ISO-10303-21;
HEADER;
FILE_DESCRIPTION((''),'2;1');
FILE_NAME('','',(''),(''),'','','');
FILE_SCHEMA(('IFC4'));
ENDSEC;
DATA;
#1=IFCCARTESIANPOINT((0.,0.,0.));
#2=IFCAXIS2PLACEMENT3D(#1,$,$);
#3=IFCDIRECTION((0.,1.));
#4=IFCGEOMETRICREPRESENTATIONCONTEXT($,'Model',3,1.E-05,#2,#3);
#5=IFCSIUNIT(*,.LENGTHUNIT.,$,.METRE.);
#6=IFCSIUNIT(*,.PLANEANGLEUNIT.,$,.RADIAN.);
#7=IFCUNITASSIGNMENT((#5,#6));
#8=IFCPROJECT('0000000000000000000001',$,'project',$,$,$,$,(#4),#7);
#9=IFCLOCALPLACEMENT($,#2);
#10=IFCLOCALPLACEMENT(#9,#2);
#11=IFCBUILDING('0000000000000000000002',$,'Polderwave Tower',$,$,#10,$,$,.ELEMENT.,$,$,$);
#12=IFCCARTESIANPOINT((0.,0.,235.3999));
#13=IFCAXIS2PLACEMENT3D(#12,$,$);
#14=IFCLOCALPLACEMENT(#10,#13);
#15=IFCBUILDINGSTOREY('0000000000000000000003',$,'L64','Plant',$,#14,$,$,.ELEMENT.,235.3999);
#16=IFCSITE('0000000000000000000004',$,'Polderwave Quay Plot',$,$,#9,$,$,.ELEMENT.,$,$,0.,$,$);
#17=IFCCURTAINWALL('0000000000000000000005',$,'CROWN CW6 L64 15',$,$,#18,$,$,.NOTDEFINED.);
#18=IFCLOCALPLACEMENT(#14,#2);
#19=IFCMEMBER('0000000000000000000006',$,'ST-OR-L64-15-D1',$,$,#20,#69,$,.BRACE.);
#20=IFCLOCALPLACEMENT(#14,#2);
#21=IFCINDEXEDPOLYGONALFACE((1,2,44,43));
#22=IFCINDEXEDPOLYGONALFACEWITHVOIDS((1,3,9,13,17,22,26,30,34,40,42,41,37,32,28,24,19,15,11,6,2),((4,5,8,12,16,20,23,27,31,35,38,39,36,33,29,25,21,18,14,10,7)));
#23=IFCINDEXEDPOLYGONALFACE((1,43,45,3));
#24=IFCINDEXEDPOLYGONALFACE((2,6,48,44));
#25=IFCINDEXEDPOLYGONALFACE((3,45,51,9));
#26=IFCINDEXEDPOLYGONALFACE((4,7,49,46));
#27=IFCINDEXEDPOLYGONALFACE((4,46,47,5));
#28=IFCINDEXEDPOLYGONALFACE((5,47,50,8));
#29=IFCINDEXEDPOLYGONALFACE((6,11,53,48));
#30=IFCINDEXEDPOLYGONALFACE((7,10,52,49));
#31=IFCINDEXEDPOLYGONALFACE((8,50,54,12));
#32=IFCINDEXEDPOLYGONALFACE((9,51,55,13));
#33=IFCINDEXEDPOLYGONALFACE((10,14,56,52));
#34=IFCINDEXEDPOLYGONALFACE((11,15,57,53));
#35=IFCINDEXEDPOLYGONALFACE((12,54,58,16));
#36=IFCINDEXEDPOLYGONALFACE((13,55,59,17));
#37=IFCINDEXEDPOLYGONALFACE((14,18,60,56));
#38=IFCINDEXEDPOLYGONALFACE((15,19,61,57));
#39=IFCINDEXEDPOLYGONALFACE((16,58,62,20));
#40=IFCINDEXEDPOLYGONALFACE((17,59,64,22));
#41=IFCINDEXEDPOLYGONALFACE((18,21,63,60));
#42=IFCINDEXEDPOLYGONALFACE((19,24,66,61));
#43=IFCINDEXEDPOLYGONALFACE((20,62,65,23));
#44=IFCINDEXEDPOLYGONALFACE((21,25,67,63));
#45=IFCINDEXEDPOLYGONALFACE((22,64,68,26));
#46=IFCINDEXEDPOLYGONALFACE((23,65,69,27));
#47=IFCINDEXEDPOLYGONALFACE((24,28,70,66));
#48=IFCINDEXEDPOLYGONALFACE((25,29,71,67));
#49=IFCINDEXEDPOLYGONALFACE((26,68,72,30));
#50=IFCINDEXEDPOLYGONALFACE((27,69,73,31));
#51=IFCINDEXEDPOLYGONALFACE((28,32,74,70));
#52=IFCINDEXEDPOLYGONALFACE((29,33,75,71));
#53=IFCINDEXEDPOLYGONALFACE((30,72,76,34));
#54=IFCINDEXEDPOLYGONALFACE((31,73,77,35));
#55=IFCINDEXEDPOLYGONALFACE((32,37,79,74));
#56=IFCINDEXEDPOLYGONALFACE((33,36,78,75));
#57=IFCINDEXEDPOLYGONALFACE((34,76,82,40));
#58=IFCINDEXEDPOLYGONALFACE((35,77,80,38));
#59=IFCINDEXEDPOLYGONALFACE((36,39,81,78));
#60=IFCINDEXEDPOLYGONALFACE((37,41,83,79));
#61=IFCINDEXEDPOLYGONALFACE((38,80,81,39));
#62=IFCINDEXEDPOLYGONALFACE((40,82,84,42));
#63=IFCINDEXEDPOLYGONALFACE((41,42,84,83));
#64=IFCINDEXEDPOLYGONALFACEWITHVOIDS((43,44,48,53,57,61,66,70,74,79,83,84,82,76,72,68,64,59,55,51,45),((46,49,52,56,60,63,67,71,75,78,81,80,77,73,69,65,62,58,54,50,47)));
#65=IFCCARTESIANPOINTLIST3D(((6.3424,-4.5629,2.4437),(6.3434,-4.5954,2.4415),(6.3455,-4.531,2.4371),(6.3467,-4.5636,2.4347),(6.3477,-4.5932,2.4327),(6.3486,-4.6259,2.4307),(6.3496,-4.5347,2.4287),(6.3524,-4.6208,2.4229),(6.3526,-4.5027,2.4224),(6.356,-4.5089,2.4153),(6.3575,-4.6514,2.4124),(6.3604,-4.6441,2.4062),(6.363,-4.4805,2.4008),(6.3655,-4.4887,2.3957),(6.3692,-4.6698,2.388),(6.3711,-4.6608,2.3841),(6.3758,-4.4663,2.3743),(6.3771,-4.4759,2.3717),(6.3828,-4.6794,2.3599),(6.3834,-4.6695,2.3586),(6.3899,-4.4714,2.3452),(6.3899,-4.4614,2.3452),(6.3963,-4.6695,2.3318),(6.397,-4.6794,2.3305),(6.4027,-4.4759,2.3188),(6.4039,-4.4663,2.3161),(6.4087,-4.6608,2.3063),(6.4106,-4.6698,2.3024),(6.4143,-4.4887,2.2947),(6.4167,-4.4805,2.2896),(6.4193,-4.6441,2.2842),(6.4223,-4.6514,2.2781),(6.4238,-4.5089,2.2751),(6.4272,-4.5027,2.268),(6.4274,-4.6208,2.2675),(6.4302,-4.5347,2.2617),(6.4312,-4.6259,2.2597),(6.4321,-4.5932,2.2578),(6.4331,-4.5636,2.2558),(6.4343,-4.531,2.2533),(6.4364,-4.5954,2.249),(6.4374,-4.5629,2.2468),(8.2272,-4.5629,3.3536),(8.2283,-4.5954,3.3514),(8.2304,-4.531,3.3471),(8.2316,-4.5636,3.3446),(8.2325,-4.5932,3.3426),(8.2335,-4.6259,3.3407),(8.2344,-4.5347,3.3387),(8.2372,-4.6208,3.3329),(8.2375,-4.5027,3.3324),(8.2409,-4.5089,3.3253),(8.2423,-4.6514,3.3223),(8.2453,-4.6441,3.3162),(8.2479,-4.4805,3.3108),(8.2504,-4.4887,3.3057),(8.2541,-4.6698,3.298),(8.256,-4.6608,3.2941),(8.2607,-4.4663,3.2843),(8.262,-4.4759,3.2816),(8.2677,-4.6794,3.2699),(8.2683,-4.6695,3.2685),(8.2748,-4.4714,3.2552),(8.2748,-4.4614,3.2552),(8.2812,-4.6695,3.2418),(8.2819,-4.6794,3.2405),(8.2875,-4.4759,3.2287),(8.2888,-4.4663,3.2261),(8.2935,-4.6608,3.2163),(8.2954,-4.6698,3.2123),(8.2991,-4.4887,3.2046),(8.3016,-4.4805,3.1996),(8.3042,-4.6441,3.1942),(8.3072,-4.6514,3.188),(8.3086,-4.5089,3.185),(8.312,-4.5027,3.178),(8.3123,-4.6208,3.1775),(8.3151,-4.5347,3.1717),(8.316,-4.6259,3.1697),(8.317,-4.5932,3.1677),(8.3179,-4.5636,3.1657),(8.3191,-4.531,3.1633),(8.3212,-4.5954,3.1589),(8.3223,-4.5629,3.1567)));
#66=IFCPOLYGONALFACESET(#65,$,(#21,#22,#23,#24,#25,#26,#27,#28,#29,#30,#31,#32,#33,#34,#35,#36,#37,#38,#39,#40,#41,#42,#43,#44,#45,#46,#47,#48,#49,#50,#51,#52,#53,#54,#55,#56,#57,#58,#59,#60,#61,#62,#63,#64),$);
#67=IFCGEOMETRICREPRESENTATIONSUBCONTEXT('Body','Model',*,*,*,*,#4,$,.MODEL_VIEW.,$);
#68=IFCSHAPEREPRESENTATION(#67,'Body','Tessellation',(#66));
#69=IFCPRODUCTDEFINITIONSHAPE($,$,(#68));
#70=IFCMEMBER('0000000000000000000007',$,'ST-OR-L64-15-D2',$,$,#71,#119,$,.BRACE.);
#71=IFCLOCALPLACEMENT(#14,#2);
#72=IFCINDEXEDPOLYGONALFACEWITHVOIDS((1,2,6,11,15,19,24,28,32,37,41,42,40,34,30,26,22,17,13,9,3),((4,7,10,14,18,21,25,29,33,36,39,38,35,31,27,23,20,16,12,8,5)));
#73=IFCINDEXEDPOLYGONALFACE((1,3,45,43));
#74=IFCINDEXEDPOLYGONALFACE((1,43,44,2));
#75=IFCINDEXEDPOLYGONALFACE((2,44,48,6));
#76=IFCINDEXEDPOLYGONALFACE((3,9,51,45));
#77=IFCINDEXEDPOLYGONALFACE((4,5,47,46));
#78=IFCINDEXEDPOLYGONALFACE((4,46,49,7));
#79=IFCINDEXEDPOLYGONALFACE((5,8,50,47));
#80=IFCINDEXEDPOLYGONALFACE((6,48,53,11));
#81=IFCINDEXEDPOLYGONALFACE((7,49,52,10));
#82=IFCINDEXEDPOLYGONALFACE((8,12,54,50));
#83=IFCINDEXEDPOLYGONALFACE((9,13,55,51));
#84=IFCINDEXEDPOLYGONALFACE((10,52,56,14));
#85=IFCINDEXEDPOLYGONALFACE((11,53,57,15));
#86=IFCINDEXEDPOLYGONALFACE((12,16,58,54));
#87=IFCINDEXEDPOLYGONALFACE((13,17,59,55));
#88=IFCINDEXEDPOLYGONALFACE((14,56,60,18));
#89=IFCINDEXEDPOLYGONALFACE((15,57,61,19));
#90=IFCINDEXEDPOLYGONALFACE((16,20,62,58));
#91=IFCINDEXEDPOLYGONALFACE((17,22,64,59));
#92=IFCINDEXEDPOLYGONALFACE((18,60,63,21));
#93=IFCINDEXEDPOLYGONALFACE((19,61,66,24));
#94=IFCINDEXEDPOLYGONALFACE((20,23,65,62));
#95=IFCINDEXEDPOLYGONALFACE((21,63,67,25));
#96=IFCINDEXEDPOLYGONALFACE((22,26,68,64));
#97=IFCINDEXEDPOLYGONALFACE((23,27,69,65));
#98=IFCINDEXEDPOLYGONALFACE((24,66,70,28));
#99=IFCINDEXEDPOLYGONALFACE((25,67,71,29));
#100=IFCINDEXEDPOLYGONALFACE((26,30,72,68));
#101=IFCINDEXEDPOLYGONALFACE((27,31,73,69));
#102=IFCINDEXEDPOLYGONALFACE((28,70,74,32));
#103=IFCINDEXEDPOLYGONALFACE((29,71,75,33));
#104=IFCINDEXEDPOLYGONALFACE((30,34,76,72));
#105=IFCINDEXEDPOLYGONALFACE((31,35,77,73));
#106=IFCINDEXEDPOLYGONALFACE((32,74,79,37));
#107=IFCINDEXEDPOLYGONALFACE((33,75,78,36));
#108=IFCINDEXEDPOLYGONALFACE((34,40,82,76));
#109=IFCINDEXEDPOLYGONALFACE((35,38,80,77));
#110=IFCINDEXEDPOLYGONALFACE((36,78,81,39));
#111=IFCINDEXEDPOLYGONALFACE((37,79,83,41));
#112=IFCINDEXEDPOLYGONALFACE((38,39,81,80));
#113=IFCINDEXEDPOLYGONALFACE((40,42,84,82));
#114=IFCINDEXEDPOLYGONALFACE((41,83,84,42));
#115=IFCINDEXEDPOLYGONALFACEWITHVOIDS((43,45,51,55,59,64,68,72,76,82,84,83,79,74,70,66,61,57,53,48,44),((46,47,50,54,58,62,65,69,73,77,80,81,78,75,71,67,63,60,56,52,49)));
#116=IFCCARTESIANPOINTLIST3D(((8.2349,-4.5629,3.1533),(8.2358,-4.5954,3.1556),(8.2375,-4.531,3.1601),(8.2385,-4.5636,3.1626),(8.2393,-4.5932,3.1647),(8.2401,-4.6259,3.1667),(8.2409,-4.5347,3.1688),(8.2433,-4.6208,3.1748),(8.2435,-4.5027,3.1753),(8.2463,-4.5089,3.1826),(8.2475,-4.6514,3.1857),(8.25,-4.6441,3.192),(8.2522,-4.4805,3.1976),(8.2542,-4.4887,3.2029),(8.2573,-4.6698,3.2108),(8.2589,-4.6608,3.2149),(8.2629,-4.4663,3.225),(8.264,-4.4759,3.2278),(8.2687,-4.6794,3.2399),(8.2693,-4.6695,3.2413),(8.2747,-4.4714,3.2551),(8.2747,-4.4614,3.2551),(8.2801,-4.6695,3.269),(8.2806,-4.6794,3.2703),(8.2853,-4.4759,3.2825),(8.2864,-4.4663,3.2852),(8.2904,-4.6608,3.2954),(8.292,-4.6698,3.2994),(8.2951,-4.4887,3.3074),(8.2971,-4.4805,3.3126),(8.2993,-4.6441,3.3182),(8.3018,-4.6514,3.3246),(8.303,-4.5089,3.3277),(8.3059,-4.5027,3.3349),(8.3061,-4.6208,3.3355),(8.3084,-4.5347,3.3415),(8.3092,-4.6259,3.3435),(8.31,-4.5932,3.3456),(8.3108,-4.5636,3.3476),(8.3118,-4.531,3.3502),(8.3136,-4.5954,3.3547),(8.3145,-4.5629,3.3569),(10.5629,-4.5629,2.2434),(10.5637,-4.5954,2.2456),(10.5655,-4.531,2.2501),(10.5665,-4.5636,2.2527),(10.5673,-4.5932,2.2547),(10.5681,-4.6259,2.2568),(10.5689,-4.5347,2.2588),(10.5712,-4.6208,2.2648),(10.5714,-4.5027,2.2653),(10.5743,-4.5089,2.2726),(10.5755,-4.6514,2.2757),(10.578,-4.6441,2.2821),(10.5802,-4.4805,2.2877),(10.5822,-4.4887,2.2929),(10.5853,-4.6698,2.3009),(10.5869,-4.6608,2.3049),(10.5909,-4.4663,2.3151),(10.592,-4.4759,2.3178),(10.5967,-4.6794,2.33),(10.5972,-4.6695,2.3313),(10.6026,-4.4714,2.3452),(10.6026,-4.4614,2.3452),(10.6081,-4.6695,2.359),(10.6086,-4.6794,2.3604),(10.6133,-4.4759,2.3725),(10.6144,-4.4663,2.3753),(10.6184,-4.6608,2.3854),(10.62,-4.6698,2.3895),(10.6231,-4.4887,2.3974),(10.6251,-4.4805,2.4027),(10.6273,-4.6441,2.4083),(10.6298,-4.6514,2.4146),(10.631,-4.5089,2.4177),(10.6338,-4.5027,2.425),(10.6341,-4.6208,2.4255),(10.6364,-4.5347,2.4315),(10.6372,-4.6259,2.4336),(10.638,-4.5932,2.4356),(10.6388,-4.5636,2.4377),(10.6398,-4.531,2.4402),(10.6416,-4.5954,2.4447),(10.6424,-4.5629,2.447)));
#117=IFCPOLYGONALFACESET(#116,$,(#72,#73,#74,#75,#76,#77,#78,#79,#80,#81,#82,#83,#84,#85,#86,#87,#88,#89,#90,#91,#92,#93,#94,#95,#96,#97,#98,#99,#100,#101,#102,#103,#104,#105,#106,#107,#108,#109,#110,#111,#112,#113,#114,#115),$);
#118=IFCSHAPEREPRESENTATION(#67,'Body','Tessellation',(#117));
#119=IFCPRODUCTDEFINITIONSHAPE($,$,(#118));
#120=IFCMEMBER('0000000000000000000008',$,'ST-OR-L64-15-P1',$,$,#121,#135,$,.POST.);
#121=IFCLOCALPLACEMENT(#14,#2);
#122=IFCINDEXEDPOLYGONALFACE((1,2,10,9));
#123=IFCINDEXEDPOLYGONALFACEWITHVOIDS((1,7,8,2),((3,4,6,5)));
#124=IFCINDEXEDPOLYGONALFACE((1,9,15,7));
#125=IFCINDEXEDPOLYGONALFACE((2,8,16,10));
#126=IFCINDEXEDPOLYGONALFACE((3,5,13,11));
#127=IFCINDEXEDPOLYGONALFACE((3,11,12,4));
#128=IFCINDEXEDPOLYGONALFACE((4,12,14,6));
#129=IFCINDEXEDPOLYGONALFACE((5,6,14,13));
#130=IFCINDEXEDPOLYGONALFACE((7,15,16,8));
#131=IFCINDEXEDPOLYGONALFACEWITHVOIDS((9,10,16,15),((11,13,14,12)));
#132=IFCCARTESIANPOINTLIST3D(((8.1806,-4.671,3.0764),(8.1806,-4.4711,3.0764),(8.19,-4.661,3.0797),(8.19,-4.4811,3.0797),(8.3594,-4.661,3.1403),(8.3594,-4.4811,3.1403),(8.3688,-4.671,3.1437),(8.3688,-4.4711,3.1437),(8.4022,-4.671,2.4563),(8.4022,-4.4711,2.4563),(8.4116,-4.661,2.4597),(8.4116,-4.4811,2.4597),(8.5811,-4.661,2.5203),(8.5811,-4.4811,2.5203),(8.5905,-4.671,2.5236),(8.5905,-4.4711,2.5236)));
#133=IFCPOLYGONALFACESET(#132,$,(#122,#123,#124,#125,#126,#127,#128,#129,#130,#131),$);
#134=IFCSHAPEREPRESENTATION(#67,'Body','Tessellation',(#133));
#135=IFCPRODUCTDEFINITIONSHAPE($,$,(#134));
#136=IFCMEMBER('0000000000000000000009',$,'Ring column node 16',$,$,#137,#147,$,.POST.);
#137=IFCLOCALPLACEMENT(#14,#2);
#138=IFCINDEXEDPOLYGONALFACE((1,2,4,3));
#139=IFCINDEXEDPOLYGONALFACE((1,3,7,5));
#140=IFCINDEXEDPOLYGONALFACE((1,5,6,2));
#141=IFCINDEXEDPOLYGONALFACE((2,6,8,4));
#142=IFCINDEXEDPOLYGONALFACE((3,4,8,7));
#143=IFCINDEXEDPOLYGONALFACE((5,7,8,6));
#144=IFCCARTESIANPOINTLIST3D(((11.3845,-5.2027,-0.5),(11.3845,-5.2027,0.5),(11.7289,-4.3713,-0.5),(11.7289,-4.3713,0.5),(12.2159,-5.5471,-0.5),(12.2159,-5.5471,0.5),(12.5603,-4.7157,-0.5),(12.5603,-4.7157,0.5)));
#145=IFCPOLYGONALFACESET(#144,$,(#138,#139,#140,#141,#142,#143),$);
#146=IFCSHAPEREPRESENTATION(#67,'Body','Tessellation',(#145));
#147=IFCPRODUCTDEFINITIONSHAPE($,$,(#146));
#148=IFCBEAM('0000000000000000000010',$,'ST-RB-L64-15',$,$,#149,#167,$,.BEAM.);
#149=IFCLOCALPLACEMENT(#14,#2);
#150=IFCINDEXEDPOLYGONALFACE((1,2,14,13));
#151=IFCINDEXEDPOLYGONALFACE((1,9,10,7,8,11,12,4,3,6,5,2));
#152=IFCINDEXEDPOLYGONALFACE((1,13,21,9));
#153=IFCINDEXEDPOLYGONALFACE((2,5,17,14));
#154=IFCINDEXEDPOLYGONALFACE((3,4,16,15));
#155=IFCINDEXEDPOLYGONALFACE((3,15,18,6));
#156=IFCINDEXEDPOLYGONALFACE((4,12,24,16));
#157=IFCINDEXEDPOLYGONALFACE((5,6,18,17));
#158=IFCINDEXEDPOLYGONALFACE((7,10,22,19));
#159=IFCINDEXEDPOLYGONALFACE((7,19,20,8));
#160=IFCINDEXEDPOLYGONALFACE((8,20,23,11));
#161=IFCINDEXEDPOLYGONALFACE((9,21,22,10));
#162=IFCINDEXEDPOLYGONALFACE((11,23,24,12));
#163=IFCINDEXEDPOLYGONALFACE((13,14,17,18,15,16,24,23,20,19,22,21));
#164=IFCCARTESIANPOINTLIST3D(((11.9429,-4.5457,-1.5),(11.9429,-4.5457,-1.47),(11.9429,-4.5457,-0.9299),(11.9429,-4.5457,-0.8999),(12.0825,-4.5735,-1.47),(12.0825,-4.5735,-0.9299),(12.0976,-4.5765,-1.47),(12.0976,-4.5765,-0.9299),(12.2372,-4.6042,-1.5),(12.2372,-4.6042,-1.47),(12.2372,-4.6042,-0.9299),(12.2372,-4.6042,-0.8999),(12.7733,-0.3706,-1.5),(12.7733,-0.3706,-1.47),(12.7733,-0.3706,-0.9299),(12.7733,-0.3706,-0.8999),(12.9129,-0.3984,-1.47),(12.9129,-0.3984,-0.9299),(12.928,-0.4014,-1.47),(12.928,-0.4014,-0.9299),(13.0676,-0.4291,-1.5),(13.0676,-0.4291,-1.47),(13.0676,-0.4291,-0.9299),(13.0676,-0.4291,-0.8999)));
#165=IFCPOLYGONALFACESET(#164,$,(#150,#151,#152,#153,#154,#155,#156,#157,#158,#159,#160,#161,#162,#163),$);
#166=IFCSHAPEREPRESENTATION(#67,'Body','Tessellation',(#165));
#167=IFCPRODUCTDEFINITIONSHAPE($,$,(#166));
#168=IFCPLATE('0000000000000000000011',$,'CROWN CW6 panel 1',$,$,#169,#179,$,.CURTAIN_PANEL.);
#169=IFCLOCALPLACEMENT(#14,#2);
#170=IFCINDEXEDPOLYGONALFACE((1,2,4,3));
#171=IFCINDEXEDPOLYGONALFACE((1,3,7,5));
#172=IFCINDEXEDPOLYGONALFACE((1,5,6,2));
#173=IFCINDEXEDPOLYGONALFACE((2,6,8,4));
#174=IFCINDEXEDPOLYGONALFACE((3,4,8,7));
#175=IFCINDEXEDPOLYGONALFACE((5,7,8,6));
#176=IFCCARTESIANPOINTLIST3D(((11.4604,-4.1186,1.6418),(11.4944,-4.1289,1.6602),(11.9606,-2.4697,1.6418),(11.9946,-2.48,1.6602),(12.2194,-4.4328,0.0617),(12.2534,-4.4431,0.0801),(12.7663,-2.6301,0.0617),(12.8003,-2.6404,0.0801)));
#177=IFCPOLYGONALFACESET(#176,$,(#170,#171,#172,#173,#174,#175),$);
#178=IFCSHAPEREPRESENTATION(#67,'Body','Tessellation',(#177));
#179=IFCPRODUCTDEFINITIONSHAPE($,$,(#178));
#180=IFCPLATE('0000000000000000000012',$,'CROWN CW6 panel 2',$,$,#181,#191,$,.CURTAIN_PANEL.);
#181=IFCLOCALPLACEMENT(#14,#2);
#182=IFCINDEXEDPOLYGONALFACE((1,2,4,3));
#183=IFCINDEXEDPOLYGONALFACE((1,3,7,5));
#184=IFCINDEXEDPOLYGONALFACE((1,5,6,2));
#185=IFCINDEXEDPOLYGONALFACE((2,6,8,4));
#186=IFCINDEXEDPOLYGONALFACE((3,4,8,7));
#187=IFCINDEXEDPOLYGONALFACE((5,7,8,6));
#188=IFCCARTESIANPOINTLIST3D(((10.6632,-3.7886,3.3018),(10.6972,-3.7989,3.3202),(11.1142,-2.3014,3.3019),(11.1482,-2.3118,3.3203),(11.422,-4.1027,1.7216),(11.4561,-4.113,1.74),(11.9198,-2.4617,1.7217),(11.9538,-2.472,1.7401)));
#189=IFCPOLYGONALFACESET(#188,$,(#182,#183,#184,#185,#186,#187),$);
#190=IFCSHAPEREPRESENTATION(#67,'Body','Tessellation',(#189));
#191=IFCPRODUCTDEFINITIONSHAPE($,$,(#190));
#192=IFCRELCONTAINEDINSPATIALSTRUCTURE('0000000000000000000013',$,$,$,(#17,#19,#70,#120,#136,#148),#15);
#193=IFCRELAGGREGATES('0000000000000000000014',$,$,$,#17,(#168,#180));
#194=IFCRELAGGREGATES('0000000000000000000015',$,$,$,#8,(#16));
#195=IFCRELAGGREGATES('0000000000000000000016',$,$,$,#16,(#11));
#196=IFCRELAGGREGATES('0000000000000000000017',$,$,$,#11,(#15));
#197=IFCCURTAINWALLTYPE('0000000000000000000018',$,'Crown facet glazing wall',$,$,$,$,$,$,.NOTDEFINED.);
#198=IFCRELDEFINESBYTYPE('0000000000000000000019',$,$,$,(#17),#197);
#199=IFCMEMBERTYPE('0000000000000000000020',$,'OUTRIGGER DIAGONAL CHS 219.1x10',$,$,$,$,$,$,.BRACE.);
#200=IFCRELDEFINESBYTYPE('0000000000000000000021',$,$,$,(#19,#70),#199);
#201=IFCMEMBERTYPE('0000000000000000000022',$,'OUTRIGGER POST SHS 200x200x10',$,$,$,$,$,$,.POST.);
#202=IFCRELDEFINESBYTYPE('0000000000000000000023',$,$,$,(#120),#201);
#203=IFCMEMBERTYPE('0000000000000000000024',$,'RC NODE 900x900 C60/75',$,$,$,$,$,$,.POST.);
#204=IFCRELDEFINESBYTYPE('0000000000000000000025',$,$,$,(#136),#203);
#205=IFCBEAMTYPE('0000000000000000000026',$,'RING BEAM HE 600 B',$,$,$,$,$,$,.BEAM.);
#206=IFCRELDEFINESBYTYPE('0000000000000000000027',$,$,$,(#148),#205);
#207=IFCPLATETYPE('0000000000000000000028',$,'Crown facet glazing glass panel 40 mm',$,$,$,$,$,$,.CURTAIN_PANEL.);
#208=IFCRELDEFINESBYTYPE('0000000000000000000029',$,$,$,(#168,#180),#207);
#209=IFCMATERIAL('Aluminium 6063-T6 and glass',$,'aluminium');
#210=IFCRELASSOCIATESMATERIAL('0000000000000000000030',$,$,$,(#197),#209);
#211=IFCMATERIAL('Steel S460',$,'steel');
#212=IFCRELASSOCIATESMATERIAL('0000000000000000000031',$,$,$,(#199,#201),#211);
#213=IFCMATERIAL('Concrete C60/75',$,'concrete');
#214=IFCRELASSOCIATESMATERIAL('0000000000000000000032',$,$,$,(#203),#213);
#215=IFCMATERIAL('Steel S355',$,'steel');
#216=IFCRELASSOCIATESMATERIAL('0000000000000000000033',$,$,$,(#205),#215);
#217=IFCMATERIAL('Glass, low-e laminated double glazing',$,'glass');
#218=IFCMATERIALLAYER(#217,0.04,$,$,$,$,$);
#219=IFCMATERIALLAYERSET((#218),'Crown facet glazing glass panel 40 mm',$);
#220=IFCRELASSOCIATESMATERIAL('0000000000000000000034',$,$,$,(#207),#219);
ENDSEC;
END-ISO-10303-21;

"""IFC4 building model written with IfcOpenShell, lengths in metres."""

from ifc_helpers import new_model, si_unit, direction, frame, origin, origin_2d, place, context, subcontext, project, spatial, polyline, rectangle, hollow_rectangle, hollow_circle, i_section, outline, extrude, material, layer, layer_set, material_profile, profile_set, type_object, element, aggregate, save


model = new_model("IFC4")

# Units and contexts
model_context = context("Model", 3, precision=1e-05, world=origin(), true_north=direction((0.0, 1.0)))
body_context = subcontext(model_context, "Body", "Model", "MODEL_VIEW")
ifc_project = project(units=[si_unit("LENGTHUNIT", "METRE"), si_unit("PLANEANGLEUNIT", "RADIAN")], contexts=[model_context])

# Site, building, storey
site_placement = place(None, origin())
site = spatial("IfcSite", under=ifc_project, at=site_placement, Name="Polderwave Quay Plot", CompositionType="ELEMENT", RefElevation=0.0)
building_placement = place(site_placement, origin())
building = spatial("IfcBuilding", under=site, at=building_placement, Name="Polderwave Tower", CompositionType="ELEMENT")
storey_placement = place(building_placement, frame((0.0, 0.0, 235.3999)))
storey = spatial("IfcBuildingStorey", under=building, at=storey_placement, Name="L64", Description="Plant", CompositionType="ELEMENT", Elevation=235.3999)

# Shared definitions
ifc_material_1 = material(Name="Concrete C60/75", Category="concrete")

# Shared definitions
ifc_material_2 = material(Name="Steel S460", Category="steel")

# Shared definitions
ifc_material_3 = material(Name="Aluminium 6063-T6 and glass", Category="aluminium")
curtain_wall_type = type_object("IfcCurtainWallType", Name="Crown facet glazing wall", PredefinedType="NOTDEFINED", material=ifc_material_3)

# Curtain wall
curtain_wall_1_placement = place(storey_placement, origin())
curtain_wall_1 = element("IfcCurtainWall", 1, at=curtain_wall_1_placement, inside=storey, type_object=curtain_wall_type, Name="CROWN CW6 L64 15", PredefinedType="NOTDEFINED")

# Members
ifc_material_profile_1 = material_profile(ifc_material_2, hollow_circle(Radius=0.1096, WallThickness=0.01, at=origin_2d()), Name="CHS 219.1x10")
ifc_profile_set_1 = profile_set([ifc_material_profile_1], Name="Steel S460")
member_type_1 = type_object("IfcMemberType", Name="OUTRIGGER DIAGONAL CHS 219.1x10", PredefinedType="BRACE", material=ifc_profile_set_1)
member_1_placement = place(storey_placement, frame((6.3899, -4.571, 2.3452), z_axis=(0.900547, 0.0, 0.434759), x_axis=(0.0, 1.0, 0.0)))
element("IfcMember", 2, at=member_1_placement, inside=storey, type_object=member_type_1, Name="ST-OR-L64-15-D1", PredefinedType="BRACE", context=body_context, shape_type="SweptSolid", body=[
    extrude(hollow_circle(Radius=0.1096, WallThickness=0.01, at=origin_2d()), origin(), (0.0, 0.0, 1.0), 2.093),
])
member_2_placement = place(storey_placement, frame((8.2747, -4.571, 3.2551), z_axis=(0.931378, 0.0, -0.364053), x_axis=(0.0, 1.0, 0.0)))
element("IfcMember", 3, at=member_2_placement, inside=storey, type_object=member_type_1, Name="ST-OR-L64-15-D2", PredefinedType="BRACE", context=body_context, shape_type="SweptSolid", body=[
    extrude(hollow_circle(Radius=0.1096, WallThickness=0.01, at=origin_2d()), origin(), (0.0, 0.0, 1.0), 2.4995),
])
ifc_material_profile_2 = material_profile(ifc_material_2, hollow_rectangle(XDim=0.2, YDim=0.2, WallThickness=0.01, at=origin_2d()), Name="SHS 200x200x10")
ifc_profile_set_2 = profile_set([ifc_material_profile_2], Name="Steel S460")
member_type_2 = type_object("IfcMemberType", Name="OUTRIGGER POST SHS 200x200x10", PredefinedType="POST", material=ifc_profile_set_2)
member_3_placement = place(storey_placement, frame((8.4963, -4.571, 2.49), z_axis=(-0.336618, 0.0, 0.941641), x_axis=(0.0, -1.0, 0.0)))
element("IfcMember", 4, at=member_3_placement, inside=storey, type_object=member_type_2, Name="ST-OR-L64-15-P1", PredefinedType="POST", context=body_context, shape_type="SweptSolid", body=[
    extrude(hollow_rectangle(XDim=0.2, YDim=0.2, WallThickness=0.01, at=origin_2d()), origin(), (0.0, 0.0, 1.0), 0.6584),
])
ifc_material_profile_3 = material_profile(ifc_material_1, rectangle(XDim=0.8999, YDim=0.8999, at=origin_2d()), Name="RC 900x900")
ifc_profile_set_3 = profile_set([ifc_material_profile_3], Name="Concrete C60/75")
member_type_3 = type_object("IfcMemberType", Name="RC NODE 900x900 C60/75", PredefinedType="POST", material=ifc_profile_set_3)
member_4_placement = place(storey_placement, frame((11.9724, -4.9592, -0.5), z_axis=(0.0, 0.0, 1.0), x_axis=(0.92388, -0.382683, 0.0)))
element("IfcMember", 5, at=member_4_placement, inside=storey, type_object=member_type_3, Name="Ring column node 16", PredefinedType="POST", context=body_context, shape_type="SweptSolid", body=[
    extrude(rectangle(XDim=0.8999, YDim=0.8999, at=origin_2d()), origin(), (0.0, 0.0, 1.0), 1.0),
])

# Beam
ifc_material_4 = material(Name="Steel S355", Category="steel")
ifc_material_profile_4 = material_profile(ifc_material_4, i_section(OverallWidth=0.3, OverallDepth=0.6001, WebThickness=0.0154, FlangeThickness=0.03, at=origin_2d()), Name="HE 600 B")
ifc_profile_set_4 = profile_set([ifc_material_profile_4], Name="Steel S355")
beam_type_1 = type_object("IfcBeamType", Name="RING BEAM HE 600 B", PredefinedType="BEAM", material=ifc_profile_set_4)
beam_placement = place(storey_placement, frame((12.0901, -4.575, -1.2), z_axis=(0.195057, 0.980792, 0.0), x_axis=(-0.980792, 0.195057, 0.0)))
element("IfcBeam", 6, at=beam_placement, inside=storey, type_object=beam_type_1, Name="ST-RB-L64-15", PredefinedType="BEAM", context=body_context, shape_type="SweptSolid", body=[
    extrude(i_section(OverallWidth=0.3, OverallDepth=0.6001, WebThickness=0.0154, FlangeThickness=0.03, at=origin_2d()), origin(), (0.0, 0.0, 1.0), 4.2568),
])

# Plates
ifc_material_5 = material(Name="Glass, low-e laminated double glazing", Category="glass")
ifc_layer = layer(ifc_material_5, 0.04)
ifc_layer_set = layer_set([ifc_layer], Name="Crown facet glazing glass panel 40 mm")
plate_type = type_object("IfcPlateType", Name="Crown facet glazing glass panel 40 mm", PredefinedType="CURTAIN_PANEL", material=ifc_layer_set)
plate_1_placement = place(storey_placement, frame((12.2534, -4.4431, 0.0801), z_axis=(0.849908, -0.257834, 0.45954), x_axis=(0.290301, 0.956935, 0.000003)))
plate_1 = element("IfcPlate", 7, at=plate_1_placement, type_object=plate_type, Name="CROWN CW6 panel 1", PredefinedType="CURTAIN_PANEL", context=body_context, shape_type="SweptSolid", body=[
    extrude(outline(polyline([(0.0, 0.0), (1.8839, 0.0), (1.8035, 1.779), (0.0803, 1.7791), (0.0, 0.0)])), origin(), (0.0, 0.0, -1.0), 0.04),
])
plate_2_placement = place(storey_placement, frame((11.4561, -4.113, 1.74), z_axis=(0.849965, -0.257818, 0.459445), x_axis=(0.290242, 0.956953, 0.000054)))
plate_2 = element("IfcPlate", 8, at=plate_2_placement, type_object=plate_type, Name="CROWN CW6 panel 2", PredefinedType="CURTAIN_PANEL", context=body_context, shape_type="SweptSolid", body=[
    extrude(outline(polyline([(0.0, 0.0), (1.7149, 0.0), (1.6345, 1.7791), (0.0805, 1.7791), (0.0, 0.0)])), origin(), (0.0, 0.0, -1.0), 0.04),
])
aggregate(curtain_wall_1, [plate_1, plate_2])

save(model, "model.ifc")
